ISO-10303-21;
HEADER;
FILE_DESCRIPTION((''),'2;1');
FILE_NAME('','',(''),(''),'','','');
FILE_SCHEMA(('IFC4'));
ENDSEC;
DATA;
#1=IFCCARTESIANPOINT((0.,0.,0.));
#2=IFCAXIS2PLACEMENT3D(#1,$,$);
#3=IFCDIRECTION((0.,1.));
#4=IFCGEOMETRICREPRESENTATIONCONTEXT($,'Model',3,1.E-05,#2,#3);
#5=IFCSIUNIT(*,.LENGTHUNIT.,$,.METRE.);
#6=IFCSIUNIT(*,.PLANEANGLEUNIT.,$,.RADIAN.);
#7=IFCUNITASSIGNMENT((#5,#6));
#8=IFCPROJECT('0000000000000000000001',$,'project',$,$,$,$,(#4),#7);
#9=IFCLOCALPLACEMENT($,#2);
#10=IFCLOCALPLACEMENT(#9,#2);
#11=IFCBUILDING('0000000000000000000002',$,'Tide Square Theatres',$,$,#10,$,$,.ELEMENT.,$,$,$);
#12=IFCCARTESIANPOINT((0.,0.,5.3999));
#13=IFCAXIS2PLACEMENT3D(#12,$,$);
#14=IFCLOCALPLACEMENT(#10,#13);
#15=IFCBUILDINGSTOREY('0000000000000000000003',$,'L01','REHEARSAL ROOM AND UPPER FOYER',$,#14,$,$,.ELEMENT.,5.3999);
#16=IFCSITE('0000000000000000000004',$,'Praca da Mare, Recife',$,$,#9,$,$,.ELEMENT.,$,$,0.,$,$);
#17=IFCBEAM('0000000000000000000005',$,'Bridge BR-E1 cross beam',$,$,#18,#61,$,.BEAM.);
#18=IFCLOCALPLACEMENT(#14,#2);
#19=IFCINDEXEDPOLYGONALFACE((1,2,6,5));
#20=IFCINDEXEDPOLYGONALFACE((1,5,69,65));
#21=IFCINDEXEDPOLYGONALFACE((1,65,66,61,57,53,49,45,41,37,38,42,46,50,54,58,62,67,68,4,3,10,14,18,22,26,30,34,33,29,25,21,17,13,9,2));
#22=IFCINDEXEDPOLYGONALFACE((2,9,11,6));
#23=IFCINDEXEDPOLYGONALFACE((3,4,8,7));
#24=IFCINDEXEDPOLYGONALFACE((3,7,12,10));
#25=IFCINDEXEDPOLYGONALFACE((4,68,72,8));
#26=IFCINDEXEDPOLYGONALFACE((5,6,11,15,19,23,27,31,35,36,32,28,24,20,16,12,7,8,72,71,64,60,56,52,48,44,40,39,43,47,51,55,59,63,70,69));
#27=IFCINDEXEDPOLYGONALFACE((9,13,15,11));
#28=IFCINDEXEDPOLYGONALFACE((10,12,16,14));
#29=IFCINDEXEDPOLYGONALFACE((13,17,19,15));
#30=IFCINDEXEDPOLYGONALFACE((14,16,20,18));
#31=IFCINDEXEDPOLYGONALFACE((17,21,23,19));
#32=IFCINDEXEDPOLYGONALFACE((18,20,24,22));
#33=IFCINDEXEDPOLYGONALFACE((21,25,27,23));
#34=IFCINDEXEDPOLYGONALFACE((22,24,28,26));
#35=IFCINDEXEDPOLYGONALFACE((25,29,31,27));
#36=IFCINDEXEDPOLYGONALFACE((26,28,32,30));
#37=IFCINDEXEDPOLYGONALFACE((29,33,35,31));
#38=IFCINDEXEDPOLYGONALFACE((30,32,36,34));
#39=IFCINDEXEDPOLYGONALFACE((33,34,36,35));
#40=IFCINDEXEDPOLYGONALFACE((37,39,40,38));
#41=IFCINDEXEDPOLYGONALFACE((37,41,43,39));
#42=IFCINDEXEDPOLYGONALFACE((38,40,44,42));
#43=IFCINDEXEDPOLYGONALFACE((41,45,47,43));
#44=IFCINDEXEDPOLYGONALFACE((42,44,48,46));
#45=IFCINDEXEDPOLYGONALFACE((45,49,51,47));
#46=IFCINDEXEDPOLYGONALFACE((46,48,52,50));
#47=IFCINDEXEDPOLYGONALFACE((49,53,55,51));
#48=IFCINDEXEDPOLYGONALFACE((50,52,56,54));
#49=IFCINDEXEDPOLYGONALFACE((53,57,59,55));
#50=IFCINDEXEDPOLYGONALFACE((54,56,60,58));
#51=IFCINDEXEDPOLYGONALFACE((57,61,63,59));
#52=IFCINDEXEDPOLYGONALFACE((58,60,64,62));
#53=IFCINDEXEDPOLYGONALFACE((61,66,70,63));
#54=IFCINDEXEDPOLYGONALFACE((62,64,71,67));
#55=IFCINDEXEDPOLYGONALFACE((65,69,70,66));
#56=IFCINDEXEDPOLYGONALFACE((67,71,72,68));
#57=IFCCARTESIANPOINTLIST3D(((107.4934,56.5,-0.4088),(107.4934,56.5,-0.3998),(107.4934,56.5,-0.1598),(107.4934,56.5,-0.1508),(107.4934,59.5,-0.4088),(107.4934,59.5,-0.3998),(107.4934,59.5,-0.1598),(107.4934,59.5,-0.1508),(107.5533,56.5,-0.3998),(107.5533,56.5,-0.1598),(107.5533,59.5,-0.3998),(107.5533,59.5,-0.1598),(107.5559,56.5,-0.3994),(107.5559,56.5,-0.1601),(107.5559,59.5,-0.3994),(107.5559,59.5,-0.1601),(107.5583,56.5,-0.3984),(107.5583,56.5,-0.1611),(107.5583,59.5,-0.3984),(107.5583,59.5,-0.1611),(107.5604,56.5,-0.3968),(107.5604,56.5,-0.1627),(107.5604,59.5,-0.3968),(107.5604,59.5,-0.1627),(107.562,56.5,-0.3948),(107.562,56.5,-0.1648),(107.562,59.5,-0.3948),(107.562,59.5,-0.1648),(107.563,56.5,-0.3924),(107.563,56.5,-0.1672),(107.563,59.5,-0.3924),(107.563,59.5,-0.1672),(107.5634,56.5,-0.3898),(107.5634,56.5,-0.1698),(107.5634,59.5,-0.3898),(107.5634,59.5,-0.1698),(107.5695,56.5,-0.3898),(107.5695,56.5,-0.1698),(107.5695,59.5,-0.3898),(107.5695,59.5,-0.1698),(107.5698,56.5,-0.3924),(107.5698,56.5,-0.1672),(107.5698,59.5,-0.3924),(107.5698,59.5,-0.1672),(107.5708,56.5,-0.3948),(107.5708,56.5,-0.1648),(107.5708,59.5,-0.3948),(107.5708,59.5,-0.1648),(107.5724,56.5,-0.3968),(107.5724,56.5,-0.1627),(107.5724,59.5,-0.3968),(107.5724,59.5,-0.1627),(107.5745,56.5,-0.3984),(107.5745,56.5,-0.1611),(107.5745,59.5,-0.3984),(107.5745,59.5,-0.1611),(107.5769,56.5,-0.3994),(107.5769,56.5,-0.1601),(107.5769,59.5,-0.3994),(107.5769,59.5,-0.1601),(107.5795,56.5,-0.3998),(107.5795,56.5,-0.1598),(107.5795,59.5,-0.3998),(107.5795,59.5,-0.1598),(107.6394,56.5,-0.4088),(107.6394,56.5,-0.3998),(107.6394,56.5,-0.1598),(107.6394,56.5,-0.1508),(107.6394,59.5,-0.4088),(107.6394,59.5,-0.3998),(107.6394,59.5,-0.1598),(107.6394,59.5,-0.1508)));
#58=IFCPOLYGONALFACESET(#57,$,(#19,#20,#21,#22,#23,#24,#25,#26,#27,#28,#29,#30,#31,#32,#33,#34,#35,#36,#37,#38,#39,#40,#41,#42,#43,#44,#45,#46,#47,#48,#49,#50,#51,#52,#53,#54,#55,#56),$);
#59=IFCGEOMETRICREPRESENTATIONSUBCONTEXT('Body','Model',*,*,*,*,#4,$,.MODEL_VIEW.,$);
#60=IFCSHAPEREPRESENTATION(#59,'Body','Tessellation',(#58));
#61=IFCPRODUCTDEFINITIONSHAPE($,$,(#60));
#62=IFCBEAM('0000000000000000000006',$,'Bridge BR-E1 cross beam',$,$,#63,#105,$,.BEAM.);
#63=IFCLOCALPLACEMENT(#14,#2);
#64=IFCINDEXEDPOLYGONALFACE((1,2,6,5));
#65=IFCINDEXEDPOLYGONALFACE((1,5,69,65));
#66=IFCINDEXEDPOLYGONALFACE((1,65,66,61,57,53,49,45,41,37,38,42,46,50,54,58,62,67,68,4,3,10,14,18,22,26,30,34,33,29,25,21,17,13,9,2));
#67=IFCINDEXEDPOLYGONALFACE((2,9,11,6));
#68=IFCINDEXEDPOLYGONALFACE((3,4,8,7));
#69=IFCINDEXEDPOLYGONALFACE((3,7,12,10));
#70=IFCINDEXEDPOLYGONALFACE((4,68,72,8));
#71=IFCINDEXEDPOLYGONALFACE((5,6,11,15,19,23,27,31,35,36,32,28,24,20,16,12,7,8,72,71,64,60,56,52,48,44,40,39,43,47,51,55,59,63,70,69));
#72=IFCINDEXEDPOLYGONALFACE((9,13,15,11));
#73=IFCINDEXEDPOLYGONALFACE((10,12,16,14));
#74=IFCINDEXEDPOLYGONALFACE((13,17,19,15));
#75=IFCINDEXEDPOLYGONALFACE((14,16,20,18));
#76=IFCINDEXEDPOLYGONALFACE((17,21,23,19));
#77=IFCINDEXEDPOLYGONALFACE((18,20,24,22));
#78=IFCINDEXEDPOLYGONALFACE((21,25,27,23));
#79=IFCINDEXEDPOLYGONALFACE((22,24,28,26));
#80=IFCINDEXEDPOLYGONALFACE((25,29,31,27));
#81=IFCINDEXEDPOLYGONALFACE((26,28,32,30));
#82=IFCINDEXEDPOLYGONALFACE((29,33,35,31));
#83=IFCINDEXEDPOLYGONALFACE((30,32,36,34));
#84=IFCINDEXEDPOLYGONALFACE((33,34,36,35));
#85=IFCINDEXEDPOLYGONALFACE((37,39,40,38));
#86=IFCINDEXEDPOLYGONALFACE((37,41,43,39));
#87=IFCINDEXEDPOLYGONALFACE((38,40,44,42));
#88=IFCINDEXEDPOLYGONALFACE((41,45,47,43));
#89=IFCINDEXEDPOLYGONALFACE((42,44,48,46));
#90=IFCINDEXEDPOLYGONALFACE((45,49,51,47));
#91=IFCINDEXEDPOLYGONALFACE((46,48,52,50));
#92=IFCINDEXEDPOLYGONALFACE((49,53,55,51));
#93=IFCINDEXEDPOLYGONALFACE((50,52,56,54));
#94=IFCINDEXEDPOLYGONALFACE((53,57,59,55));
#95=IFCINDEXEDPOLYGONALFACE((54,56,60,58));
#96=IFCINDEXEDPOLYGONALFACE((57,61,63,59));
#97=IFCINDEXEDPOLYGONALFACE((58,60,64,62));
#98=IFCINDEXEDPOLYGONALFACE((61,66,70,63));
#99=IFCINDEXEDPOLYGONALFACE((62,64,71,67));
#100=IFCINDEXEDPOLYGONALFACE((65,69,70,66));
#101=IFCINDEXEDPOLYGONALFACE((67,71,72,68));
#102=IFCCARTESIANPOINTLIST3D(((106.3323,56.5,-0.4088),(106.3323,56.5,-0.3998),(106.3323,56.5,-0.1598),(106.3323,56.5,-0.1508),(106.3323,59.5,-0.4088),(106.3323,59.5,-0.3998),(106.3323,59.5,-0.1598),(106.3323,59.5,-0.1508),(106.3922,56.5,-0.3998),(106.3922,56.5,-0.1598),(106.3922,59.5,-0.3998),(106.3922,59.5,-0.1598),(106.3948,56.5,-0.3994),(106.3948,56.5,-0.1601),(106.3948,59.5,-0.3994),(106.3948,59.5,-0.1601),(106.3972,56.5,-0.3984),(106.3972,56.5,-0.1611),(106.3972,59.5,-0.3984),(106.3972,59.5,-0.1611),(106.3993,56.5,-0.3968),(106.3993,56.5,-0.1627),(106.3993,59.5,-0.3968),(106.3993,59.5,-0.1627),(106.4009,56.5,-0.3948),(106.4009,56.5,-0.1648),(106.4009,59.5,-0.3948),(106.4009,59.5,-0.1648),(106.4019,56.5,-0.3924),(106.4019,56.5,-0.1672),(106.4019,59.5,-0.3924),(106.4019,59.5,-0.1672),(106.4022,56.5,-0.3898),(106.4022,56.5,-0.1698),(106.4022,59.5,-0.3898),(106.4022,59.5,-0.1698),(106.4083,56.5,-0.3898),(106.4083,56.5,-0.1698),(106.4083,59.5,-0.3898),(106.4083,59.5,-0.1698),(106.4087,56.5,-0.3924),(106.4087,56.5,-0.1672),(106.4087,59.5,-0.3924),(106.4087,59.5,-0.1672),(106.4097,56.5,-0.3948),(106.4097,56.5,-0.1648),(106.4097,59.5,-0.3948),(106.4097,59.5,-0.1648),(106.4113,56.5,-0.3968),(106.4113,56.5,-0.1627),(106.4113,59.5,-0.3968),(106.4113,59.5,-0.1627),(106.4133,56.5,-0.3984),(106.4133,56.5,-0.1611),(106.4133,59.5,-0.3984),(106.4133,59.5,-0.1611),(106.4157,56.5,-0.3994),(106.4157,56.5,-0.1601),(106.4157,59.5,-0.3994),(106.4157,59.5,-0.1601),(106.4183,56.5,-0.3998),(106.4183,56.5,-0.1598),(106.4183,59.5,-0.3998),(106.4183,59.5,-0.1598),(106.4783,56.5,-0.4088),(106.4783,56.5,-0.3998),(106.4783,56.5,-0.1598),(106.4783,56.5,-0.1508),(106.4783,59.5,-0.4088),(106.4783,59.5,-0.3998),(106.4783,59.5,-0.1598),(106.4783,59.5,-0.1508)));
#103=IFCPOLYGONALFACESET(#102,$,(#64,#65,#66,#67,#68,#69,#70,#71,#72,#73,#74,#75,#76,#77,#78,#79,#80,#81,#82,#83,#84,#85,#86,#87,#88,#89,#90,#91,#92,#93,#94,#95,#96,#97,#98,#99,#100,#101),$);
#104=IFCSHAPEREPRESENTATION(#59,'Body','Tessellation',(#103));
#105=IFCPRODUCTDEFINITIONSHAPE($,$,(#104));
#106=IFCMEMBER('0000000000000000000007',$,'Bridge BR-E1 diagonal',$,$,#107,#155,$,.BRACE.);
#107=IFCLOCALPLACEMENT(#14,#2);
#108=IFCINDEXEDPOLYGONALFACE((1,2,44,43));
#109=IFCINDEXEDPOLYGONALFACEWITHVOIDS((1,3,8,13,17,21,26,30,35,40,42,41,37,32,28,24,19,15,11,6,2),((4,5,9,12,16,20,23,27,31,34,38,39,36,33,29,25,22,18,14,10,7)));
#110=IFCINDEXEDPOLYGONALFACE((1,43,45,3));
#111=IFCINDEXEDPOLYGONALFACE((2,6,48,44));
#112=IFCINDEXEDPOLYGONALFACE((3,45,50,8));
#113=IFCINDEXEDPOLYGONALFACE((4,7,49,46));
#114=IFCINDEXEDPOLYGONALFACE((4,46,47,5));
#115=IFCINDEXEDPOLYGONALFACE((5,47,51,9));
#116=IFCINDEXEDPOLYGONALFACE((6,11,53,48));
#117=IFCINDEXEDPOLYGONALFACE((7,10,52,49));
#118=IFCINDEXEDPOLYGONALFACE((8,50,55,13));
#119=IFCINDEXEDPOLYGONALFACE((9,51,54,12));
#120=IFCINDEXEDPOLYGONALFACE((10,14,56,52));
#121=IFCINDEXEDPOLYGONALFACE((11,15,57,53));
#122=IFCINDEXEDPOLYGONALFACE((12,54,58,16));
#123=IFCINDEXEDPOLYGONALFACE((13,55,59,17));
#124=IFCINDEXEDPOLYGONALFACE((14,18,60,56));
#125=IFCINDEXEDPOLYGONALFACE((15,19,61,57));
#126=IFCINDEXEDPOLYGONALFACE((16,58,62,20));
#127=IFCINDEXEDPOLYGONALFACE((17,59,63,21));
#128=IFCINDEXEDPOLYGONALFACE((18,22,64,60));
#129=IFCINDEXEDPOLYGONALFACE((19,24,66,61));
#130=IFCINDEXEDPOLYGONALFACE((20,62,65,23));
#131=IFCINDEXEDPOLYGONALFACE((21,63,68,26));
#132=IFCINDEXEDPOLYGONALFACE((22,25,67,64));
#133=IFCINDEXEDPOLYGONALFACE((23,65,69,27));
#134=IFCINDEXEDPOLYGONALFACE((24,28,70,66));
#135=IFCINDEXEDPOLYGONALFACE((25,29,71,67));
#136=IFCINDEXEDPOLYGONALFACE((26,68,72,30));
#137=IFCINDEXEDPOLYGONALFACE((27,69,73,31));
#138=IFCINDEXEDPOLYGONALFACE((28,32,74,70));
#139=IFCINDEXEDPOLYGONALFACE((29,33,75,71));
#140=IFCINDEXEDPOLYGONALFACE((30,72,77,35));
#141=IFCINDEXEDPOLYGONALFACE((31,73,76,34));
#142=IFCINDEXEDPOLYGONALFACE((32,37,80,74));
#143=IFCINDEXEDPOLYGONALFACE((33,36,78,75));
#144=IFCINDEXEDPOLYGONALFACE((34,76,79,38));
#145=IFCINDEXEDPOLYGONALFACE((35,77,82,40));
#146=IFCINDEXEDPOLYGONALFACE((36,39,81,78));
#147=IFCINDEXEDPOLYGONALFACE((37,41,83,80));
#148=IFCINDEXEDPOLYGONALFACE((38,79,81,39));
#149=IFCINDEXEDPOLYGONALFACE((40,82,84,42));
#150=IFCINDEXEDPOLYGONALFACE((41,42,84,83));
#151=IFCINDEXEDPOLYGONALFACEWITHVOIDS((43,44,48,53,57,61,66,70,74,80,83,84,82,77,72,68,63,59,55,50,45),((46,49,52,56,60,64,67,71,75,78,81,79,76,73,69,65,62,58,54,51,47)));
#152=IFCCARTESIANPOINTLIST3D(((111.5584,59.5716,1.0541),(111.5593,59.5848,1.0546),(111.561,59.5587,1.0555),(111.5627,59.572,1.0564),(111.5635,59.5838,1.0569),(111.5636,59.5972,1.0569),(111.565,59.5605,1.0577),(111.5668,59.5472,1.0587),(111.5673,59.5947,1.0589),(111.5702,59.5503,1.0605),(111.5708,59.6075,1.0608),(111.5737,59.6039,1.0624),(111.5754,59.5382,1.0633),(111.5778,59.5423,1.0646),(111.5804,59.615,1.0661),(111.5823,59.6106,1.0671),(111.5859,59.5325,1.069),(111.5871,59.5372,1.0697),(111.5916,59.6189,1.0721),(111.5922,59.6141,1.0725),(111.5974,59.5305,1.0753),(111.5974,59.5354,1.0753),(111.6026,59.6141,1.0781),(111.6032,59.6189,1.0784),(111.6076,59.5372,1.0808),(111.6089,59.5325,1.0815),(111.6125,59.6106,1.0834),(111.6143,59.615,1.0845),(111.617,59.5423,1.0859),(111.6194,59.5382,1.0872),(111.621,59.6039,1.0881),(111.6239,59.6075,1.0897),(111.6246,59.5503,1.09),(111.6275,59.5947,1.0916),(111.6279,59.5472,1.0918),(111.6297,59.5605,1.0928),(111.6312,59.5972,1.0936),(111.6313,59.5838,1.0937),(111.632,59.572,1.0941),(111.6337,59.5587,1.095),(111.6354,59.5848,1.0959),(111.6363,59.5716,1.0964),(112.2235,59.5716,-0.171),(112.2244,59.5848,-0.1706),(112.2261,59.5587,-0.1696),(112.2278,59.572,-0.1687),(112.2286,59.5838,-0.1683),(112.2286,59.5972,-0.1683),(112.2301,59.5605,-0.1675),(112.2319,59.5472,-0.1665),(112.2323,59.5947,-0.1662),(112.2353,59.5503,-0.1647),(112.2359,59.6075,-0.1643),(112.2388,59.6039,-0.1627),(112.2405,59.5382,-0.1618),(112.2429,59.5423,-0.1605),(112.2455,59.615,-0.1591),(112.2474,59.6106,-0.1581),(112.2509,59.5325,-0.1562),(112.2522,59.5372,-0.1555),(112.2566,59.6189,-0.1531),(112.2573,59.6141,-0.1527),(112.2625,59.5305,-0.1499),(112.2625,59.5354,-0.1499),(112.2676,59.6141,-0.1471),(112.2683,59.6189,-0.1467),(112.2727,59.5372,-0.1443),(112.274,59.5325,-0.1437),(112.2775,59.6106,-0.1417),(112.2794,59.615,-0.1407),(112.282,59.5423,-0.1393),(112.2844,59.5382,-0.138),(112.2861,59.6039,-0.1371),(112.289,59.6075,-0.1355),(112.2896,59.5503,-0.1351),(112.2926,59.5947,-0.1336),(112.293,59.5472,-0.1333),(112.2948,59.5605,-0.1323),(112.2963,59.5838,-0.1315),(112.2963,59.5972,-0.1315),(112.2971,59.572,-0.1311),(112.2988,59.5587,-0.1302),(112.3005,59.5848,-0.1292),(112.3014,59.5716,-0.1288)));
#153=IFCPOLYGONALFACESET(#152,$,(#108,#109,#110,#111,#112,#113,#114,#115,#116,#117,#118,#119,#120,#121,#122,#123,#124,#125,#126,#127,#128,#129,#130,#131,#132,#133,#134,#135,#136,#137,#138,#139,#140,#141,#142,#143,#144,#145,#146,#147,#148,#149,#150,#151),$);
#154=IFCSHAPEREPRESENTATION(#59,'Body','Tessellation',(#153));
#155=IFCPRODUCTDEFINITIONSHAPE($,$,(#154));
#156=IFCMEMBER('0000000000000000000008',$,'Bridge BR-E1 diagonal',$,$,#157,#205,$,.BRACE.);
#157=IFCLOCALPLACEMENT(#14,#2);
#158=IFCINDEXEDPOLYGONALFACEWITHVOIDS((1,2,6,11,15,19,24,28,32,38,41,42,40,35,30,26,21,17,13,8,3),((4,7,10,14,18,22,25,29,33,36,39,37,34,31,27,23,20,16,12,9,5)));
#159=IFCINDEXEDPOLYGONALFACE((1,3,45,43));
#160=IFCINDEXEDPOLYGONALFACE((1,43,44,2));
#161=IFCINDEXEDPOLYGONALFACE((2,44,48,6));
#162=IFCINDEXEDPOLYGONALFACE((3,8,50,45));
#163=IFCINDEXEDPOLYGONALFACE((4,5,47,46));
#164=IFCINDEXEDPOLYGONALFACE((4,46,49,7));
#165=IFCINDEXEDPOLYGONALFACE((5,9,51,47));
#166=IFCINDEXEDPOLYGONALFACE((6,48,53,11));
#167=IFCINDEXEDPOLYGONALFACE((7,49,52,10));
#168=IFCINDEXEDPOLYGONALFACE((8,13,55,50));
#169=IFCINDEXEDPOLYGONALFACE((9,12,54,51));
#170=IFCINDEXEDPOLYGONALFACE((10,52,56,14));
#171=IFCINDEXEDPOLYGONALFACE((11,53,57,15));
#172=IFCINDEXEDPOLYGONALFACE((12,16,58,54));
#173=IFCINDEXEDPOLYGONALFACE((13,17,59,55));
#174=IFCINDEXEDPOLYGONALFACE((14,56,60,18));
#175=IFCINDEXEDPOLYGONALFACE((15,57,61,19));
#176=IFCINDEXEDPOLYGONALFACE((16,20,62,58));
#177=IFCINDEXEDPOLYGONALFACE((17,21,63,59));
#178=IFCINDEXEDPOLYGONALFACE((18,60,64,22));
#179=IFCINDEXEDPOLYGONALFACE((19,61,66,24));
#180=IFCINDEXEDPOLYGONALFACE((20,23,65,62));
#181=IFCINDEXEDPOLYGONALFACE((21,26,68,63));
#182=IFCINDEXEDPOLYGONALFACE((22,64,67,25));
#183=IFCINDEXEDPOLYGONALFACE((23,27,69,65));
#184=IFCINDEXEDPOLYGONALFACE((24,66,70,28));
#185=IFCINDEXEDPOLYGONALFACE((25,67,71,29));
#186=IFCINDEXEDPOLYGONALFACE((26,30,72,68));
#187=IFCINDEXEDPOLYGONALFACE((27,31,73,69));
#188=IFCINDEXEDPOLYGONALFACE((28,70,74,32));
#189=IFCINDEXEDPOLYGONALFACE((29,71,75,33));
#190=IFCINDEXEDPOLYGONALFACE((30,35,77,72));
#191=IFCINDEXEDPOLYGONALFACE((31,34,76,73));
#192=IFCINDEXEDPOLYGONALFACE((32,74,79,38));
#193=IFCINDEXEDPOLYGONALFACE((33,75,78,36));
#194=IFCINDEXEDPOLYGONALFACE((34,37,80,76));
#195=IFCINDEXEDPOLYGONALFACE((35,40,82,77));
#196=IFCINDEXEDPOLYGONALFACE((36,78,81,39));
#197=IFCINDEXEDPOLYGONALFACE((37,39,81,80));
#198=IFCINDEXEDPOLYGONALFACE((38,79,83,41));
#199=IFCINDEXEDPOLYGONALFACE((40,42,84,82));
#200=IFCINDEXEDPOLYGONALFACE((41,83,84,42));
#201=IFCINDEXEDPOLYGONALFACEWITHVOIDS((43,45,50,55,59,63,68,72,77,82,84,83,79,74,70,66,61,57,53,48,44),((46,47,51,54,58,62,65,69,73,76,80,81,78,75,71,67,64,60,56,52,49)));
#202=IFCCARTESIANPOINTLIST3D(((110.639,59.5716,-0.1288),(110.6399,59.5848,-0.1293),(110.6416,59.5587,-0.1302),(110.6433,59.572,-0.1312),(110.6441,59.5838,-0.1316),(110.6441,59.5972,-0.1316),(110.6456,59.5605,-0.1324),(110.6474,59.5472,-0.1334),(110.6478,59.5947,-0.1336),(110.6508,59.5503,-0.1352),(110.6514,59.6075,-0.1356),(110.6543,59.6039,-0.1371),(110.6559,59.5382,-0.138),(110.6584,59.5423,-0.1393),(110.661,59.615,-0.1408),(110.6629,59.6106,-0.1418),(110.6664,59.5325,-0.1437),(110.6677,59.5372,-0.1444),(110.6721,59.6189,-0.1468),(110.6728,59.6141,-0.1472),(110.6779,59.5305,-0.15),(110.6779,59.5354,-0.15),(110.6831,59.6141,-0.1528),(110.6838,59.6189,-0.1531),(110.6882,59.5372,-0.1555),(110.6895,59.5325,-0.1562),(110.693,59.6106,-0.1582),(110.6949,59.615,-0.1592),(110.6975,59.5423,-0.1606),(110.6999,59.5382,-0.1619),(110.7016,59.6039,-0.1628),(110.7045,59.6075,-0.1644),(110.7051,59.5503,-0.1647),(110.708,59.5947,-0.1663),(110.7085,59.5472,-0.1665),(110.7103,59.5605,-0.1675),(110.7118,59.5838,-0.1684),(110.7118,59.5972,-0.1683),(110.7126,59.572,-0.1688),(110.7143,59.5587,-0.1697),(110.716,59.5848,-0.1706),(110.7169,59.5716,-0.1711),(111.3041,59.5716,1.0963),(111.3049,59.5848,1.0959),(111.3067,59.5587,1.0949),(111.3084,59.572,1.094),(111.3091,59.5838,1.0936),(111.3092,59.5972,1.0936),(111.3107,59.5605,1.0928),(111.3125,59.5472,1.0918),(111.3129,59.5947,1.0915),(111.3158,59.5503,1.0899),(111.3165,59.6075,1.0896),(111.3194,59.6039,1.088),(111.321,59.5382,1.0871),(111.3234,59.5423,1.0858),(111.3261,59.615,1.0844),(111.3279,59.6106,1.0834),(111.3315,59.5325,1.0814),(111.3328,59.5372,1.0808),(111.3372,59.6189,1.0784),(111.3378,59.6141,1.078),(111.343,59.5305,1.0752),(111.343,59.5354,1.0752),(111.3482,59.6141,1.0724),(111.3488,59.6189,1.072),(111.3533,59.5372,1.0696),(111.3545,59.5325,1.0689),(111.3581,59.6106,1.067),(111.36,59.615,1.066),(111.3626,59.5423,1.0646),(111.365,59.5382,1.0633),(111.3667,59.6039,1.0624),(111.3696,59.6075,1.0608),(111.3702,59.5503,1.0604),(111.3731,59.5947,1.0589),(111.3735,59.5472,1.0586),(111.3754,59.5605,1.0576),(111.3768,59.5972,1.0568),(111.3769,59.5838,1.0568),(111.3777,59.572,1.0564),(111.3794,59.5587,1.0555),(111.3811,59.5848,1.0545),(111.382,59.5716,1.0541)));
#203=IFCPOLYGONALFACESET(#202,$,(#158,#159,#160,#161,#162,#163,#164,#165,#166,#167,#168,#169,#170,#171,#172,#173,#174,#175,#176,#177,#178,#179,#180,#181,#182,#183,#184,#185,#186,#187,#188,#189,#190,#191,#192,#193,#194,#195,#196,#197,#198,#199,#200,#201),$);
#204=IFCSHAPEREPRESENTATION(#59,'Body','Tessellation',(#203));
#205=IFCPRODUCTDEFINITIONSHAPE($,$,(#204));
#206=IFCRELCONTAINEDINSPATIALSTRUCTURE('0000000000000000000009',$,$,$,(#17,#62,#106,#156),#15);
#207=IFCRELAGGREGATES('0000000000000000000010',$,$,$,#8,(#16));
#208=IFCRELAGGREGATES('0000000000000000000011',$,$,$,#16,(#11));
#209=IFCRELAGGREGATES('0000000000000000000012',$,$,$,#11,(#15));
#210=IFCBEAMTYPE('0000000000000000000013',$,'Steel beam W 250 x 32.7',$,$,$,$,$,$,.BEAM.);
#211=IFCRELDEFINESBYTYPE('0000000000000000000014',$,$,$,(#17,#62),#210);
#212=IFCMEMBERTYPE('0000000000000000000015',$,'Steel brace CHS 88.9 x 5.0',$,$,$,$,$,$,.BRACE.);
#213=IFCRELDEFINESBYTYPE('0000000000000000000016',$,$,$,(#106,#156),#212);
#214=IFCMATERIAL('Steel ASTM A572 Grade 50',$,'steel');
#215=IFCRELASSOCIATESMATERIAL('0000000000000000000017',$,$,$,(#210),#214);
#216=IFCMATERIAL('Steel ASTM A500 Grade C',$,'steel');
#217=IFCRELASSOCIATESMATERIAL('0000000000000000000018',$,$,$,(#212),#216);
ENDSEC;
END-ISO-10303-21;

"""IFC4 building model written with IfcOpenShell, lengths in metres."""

from ifc_helpers import new_model, si_unit, direction, frame, origin, origin_2d, place, context, subcontext, project, spatial, hollow_circle, i_section, extrude, material, material_profile, profile_set, type_object, element, save


model = new_model("IFC4")

# Units and contexts
model_context = context("Model", 3, precision=1e-05, world=origin(), true_north=direction((0.0, 1.0)))
body_context = subcontext(model_context, "Body", "Model", "MODEL_VIEW")
ifc_project = project(units=[si_unit("LENGTHUNIT", "METRE"), si_unit("PLANEANGLEUNIT", "RADIAN")], contexts=[model_context])

# Site, building, storey
site_placement = place(None, origin())
site = spatial("IfcSite", under=ifc_project, at=site_placement, Name="Praca da Mare, Recife", CompositionType="ELEMENT", RefElevation=0.0)
building_placement = place(site_placement, origin())
building = spatial("IfcBuilding", under=site, at=building_placement, Name="Tide Square Theatres", CompositionType="ELEMENT")
storey_placement = place(building_placement, frame((0.0, 0.0, 5.3999)))
storey = spatial("IfcBuildingStorey", under=building, at=storey_placement, Name="L01", Description="REHEARSAL ROOM AND UPPER FOYER", CompositionType="ELEMENT", Elevation=5.3999)

# Beams
ifc_material_1 = material(Name="Steel ASTM A572 Grade 50", Category="steel")
ifc_material_profile_1 = material_profile(ifc_material_1, i_section(OverallWidth=0.146, OverallDepth=0.2581, WebThickness=0.0061, FlangeThickness=0.009, FilletRadius=0.01, at=origin_2d()))
ifc_profile_set_1 = profile_set([ifc_material_profile_1], Name="Steel ASTM A572 Grade 50")
beam_type = type_object("IfcBeamType", Name="Steel beam W 250 x 32.7", PredefinedType="BEAM", material=ifc_profile_set_1)
for number, where, z_axis, x_axis, name in (
    (1, (107.5664, 59.5, -0.2798), (0.0, -1.0, 0.0), (1.0, 0.0, 0.0), "Bridge BR-E1 cross beam"),
    (2, (106.4053, 59.5, -0.2798), (0.0, -1.0, 0.0), (1.0, 0.0, 0.0), "Bridge BR-E1 cross beam"),
):
    element("IfcBeam", number, at=place(storey_placement, frame(where, z_axis=z_axis, x_axis=x_axis)), inside=storey, type_object=beam_type, Name=name, PredefinedType="BEAM", context=body_context, shape_type="SweptSolid", body=[
        extrude(i_section(OverallWidth=0.146, OverallDepth=0.2581, WebThickness=0.0061, FlangeThickness=0.009, FilletRadius=0.01, at=origin_2d()), origin(), (0.0, 0.0, 1.0), 3.0),
    ])

# Members
ifc_material_2 = material(Name="Steel ASTM A500 Grade C", Category="steel")
ifc_material_profile_2 = material_profile(ifc_material_2, hollow_circle(Radius=0.0444, WallThickness=0.0049, at=origin_2d()))
ifc_profile_set_2 = profile_set([ifc_material_profile_2], Name="Steel ASTM A500 Grade C")
member_type_1 = type_object("IfcMemberType", Name="Steel brace CHS 88.9 x 5.0", PredefinedType="BRACE", material=ifc_profile_set_2)
for number, where, z_axis, x_axis, name in (
    (3, (112.2625, 59.575, -0.1499), (-0.477084, 0.0, 0.878858), (0.0, -1.0, 0.0), "Bridge BR-E1 diagonal"),
    (4, (111.343, 59.575, 1.0752), (-0.477084, 0.0, -0.878858), (0.0, -1.0, 0.0), "Bridge BR-E1 diagonal"),
):
    element("IfcMember", number, at=place(storey_placement, frame(where, z_axis=z_axis, x_axis=x_axis)), inside=storey, type_object=member_type_1, Name=name, PredefinedType="BRACE", context=body_context, shape_type="SweptSolid", body=[
        extrude(hollow_circle(Radius=0.0444, WallThickness=0.0049, at=origin_2d()), origin(), (0.0, 0.0, 1.0), 1.394),
    ])

save(model, "model.ifc")
